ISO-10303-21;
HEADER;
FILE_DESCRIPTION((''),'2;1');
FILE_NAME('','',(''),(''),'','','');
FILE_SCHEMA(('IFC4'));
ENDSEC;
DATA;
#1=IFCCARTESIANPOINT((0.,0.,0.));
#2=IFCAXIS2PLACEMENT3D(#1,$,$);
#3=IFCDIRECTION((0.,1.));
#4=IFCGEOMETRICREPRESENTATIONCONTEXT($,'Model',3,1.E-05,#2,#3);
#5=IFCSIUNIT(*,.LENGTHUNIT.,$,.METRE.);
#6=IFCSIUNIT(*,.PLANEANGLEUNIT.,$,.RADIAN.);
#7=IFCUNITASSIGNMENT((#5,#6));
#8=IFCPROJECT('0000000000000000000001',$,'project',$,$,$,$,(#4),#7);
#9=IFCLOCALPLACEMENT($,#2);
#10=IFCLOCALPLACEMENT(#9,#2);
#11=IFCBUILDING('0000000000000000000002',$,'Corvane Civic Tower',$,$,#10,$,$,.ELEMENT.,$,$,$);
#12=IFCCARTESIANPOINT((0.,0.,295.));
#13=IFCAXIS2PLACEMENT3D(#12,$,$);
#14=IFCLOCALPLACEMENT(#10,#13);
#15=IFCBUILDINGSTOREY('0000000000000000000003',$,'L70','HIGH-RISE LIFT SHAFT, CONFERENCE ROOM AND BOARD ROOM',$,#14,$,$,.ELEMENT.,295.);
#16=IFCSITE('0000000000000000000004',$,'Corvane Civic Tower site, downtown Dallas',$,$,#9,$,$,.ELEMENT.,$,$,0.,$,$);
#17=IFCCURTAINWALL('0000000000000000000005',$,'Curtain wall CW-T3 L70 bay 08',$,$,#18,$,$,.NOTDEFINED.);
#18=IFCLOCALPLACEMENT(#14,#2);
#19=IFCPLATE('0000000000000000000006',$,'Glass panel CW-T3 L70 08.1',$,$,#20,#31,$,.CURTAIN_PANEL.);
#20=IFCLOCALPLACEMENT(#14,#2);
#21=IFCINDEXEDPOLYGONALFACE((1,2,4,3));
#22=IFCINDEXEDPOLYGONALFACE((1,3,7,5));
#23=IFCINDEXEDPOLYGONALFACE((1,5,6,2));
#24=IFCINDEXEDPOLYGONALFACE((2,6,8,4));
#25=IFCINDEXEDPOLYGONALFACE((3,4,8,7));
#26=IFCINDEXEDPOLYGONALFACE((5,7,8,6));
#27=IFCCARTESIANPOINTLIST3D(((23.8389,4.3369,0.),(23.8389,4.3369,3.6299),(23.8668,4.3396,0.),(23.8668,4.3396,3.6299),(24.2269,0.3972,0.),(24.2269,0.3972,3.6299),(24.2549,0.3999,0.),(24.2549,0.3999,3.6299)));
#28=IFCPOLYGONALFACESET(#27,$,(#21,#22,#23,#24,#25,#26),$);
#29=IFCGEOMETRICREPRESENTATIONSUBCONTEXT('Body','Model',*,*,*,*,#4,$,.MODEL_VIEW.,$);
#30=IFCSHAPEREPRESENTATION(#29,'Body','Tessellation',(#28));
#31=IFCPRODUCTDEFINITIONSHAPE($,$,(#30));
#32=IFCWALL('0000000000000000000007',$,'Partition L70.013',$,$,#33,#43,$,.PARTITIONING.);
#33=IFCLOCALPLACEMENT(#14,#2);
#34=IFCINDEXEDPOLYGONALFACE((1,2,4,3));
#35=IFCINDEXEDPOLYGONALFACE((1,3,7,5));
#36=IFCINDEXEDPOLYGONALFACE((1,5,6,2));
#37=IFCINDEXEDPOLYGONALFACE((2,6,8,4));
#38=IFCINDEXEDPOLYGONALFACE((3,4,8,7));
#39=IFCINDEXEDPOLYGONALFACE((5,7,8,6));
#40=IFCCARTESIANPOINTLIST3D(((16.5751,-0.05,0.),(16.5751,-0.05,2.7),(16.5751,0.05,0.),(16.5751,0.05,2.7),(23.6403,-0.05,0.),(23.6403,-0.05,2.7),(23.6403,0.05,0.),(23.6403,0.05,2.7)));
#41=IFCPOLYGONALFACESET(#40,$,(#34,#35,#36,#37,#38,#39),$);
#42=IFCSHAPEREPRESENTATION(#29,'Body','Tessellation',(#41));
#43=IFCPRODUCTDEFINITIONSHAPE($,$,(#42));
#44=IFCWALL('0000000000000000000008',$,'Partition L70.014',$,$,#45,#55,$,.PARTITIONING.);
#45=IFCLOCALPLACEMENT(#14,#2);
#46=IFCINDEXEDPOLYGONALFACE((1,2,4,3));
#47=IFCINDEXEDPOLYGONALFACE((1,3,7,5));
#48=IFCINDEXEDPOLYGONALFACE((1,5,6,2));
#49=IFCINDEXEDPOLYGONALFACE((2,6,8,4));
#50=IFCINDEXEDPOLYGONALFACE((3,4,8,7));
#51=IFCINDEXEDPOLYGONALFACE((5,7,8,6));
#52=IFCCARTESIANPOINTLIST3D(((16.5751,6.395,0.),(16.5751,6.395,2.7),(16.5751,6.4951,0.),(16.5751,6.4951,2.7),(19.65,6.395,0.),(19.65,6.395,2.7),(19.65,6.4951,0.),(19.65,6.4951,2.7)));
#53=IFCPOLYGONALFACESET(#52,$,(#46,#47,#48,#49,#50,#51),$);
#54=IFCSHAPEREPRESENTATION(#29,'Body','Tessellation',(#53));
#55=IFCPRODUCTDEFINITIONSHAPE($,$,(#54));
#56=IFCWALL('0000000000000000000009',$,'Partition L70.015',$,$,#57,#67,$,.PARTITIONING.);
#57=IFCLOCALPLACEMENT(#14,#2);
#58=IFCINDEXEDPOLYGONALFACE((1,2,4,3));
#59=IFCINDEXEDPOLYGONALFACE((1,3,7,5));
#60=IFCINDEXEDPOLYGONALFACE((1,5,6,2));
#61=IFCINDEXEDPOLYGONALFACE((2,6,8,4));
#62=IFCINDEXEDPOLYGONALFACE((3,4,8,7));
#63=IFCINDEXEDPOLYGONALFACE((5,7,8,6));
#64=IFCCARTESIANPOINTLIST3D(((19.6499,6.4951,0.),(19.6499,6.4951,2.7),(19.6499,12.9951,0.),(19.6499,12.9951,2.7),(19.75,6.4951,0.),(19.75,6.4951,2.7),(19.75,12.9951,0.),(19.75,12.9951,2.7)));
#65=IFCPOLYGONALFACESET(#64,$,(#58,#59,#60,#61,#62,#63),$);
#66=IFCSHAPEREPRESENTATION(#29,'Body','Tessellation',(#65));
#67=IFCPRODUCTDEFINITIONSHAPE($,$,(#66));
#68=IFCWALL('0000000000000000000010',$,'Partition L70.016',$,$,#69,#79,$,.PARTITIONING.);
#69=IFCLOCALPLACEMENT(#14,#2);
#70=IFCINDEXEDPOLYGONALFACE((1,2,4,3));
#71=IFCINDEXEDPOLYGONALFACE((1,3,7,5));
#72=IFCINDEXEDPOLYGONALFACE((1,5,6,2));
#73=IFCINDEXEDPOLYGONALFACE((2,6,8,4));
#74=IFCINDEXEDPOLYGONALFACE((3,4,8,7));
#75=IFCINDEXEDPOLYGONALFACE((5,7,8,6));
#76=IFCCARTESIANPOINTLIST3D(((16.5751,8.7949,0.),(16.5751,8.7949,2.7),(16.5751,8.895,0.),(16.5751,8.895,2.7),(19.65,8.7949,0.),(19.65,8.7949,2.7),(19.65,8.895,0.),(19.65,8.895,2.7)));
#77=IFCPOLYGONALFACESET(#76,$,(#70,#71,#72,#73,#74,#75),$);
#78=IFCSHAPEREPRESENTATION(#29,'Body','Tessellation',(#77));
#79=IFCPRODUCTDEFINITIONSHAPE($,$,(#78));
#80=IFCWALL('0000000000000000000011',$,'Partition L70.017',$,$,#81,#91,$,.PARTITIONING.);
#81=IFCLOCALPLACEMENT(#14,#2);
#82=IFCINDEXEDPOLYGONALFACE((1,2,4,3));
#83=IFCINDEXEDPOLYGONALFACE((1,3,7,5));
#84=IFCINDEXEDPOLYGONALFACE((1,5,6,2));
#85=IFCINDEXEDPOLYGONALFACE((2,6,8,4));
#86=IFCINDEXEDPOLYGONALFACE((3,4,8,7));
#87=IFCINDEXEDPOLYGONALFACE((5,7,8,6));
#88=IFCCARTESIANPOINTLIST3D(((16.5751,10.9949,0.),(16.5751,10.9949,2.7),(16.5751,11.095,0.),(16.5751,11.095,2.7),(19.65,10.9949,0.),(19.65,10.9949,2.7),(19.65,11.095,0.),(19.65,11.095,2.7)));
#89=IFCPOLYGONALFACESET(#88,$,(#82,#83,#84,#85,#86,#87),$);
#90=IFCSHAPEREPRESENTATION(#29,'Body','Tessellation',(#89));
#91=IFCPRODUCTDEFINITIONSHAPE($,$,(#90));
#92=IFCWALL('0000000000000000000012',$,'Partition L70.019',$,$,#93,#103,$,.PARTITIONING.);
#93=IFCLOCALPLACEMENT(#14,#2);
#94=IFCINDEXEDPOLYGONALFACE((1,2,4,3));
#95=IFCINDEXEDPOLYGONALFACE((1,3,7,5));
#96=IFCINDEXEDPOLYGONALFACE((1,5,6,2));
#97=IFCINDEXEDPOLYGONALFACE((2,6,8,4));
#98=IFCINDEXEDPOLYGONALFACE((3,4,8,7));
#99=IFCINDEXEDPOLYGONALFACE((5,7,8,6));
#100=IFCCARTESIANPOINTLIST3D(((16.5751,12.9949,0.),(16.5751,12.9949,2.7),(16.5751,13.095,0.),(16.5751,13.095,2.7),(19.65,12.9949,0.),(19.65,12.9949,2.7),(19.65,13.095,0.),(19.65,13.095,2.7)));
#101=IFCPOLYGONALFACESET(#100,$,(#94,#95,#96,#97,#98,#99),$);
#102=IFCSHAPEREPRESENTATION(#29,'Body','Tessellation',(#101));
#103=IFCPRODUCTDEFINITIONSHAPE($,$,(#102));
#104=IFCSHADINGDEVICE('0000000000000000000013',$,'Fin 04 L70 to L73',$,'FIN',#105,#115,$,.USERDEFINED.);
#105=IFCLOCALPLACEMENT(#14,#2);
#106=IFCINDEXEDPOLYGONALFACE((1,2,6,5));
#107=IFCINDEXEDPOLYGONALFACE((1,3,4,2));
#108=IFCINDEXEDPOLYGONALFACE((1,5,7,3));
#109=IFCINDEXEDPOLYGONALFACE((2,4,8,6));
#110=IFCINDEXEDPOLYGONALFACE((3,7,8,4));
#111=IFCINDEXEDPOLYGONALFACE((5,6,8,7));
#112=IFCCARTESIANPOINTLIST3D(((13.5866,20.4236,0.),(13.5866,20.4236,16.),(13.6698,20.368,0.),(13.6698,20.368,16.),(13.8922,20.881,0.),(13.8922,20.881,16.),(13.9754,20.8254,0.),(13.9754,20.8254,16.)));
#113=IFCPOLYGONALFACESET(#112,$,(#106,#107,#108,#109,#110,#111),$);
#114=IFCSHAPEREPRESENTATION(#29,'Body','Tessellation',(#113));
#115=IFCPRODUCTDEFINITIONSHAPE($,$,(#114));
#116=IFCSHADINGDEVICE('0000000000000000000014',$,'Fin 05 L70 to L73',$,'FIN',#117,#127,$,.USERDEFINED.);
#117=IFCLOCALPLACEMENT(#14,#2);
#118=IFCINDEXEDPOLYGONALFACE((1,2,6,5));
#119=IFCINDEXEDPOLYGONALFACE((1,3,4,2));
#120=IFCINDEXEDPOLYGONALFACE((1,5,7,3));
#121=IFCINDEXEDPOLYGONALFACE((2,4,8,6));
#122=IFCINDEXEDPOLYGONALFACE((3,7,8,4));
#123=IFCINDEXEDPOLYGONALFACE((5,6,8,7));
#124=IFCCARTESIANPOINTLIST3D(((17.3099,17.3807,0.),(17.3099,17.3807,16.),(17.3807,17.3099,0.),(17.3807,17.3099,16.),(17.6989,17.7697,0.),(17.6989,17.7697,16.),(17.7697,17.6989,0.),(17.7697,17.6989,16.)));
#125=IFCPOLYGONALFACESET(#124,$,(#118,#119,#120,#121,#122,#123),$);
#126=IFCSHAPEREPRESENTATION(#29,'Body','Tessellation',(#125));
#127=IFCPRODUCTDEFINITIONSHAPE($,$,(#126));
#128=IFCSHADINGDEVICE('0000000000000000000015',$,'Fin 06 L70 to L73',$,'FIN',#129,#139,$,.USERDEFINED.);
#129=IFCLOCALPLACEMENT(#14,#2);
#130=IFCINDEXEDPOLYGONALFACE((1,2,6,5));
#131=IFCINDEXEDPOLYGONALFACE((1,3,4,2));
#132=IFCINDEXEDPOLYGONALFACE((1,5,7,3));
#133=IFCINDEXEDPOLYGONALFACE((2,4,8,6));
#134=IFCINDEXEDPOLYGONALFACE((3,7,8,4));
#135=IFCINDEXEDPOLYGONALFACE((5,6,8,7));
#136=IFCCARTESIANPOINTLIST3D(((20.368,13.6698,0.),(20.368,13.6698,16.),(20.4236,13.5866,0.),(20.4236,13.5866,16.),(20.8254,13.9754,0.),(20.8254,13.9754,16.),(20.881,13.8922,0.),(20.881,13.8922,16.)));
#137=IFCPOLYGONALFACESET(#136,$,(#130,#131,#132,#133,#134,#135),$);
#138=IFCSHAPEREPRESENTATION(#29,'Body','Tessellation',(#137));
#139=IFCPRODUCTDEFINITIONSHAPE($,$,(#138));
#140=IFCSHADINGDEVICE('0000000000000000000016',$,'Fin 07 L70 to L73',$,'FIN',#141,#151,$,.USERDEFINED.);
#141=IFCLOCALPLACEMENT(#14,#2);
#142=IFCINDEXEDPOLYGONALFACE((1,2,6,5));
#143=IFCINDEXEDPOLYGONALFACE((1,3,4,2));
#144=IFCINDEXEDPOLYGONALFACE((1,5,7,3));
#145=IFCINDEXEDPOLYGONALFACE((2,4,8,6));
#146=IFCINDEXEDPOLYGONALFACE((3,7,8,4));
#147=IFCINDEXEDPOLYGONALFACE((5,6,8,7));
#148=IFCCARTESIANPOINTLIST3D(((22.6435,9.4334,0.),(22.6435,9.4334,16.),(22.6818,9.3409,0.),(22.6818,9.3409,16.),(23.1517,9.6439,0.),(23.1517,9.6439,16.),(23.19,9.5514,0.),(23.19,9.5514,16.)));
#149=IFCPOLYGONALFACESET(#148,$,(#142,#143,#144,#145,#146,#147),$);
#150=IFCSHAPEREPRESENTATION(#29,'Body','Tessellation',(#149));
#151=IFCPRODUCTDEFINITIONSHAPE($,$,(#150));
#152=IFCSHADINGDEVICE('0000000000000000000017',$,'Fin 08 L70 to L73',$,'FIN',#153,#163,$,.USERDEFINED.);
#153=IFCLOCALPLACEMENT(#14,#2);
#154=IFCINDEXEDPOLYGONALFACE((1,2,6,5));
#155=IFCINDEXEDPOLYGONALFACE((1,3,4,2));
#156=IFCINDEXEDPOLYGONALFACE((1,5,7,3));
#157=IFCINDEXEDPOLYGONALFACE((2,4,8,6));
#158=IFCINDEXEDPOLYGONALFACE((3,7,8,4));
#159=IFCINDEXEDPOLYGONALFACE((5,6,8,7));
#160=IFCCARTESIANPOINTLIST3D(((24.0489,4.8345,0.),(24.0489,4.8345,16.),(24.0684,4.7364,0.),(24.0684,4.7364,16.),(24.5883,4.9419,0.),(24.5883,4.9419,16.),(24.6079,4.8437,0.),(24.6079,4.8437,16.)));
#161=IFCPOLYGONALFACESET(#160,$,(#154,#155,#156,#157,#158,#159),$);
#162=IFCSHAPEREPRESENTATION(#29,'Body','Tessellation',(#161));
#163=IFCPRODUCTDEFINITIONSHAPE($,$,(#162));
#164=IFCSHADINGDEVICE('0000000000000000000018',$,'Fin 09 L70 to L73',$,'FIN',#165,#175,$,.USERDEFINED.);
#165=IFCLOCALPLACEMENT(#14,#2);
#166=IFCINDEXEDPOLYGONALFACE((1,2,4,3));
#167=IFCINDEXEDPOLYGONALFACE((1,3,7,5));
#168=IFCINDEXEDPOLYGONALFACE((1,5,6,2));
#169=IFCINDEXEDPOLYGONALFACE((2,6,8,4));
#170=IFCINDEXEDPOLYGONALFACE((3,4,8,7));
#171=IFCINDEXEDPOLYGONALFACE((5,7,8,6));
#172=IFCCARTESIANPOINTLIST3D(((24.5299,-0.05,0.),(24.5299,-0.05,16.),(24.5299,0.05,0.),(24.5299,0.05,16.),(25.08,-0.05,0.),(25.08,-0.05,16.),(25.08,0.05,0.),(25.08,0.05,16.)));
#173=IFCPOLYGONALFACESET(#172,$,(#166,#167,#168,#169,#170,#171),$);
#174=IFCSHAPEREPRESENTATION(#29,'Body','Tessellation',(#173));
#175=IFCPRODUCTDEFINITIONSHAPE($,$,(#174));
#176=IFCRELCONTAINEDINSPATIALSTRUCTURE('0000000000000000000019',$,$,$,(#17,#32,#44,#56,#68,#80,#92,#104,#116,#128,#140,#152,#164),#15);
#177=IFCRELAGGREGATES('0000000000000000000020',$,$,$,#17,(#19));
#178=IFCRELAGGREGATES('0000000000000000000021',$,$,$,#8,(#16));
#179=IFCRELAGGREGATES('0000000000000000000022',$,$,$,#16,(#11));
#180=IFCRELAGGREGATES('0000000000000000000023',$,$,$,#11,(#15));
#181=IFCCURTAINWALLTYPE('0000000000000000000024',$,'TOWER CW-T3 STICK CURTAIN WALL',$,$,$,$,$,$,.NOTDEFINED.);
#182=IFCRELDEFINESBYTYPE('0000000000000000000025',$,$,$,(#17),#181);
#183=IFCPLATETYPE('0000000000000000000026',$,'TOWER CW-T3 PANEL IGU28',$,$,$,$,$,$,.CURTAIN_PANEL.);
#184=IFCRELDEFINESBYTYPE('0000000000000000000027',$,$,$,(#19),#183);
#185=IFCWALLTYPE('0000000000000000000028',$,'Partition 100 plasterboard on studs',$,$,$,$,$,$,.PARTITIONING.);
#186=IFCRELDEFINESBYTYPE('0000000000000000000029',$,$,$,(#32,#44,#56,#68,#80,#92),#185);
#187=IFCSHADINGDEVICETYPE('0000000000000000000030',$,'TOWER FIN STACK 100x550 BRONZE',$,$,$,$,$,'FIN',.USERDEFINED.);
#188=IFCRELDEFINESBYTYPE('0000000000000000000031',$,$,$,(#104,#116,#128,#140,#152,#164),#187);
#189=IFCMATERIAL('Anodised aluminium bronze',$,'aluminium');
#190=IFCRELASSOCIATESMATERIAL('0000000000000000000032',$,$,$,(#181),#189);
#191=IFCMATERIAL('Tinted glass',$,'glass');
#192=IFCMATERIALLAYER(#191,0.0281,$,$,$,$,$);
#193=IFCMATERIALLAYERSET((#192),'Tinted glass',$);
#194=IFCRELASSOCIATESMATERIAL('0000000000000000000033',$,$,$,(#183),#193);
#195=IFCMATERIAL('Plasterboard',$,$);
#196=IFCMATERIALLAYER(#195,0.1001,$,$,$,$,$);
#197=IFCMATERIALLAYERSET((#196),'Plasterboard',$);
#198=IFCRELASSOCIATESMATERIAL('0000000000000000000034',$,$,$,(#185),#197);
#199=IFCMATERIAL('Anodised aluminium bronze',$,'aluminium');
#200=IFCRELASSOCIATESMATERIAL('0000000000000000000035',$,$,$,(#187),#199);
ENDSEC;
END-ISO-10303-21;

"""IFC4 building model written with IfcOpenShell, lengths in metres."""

from ifc_helpers import new_model, si_unit, direction, frame, frame_2d, origin, origin_2d, place, context, subcontext, project, spatial, rectangle, extrude, material, layer, layer_set, material_profile, profile_set, type_object, element, aggregate, save


model = new_model("IFC4")

# Units and contexts
model_context = context("Model", 3, precision=1e-05, world=origin(), true_north=direction((0.0, 1.0)))
body_context = subcontext(model_context, "Body", "Model", "MODEL_VIEW")
ifc_project = project(units=[si_unit("LENGTHUNIT", "METRE"), si_unit("PLANEANGLEUNIT", "RADIAN")], contexts=[model_context])

# Site, building, storey
site_placement = place(None, origin())
site = spatial("IfcSite", under=ifc_project, at=site_placement, Name="Corvane Civic Tower site, downtown Dallas", CompositionType="ELEMENT", RefElevation=0.0)
building_placement = place(site_placement, origin())
building = spatial("IfcBuilding", under=site, at=building_placement, Name="Corvane Civic Tower", CompositionType="ELEMENT")
storey_placement = place(building_placement, frame((0.0, 0.0, 295.0)))
storey = spatial("IfcBuildingStorey", under=building, at=storey_placement, Name="L70", Description="HIGH-RISE LIFT SHAFT, CONFERENCE ROOM AND BOARD ROOM", CompositionType="ELEMENT", Elevation=295.0)

# Curtain wall
ifc_material_1 = material(Name="Anodised aluminium bronze", Category="aluminium")
curtain_wall_type = type_object("IfcCurtainWallType", Name="TOWER CW-T3 STICK CURTAIN WALL", PredefinedType="NOTDEFINED", material=ifc_material_1)
curtain_wall_1_placement = place(storey_placement, origin())
curtain_wall_1 = element("IfcCurtainWall", 1, at=curtain_wall_1_placement, inside=storey, type_object=curtain_wall_type, Name="Curtain wall CW-T3 L70 bay 08", PredefinedType="NOTDEFINED")

# Plate
ifc_material_2 = material(Name="Tinted glass", Category="glass")
ifc_layer_1 = layer(ifc_material_2, 0.0281)
ifc_layer_set_1 = layer_set([ifc_layer_1], Name="Tinted glass")
plate_type = type_object("IfcPlateType", Name="TOWER CW-T3 PANEL IGU28", PredefinedType="CURTAIN_PANEL", material=ifc_layer_set_1)
plate_1_placement = place(storey_placement, frame((24.0469, 2.3684, 0.0), z_axis=(0.0, 0.0, 1.0), x_axis=(0.098021, -0.995184, 0.0)))
plate_1 = element("IfcPlate", 2, at=plate_1_placement, type_object=plate_type, Name="Glass panel CW-T3 L70 08.1", PredefinedType="CURTAIN_PANEL", context=body_context, shape_type="SweptSolid", body=[
    extrude(rectangle(XDim=3.9587, YDim=0.0281, at=origin_2d()), origin(), (0.0, 0.0, 1.0), 3.6299),
])
aggregate(curtain_wall_1, [plate_1])

# Walls
ifc_material_3 = material(Name="Plasterboard")
ifc_layer_2 = layer(ifc_material_3, 0.1001)
ifc_layer_set_2 = layer_set([ifc_layer_2], Name="Plasterboard")
wall_type = type_object("IfcWallType", Name="Partition 100 plasterboard on studs", PredefinedType="PARTITIONING", material=ifc_layer_set_2)
wall_1_placement = place(storey_placement, frame((16.575, 0.0, 0.0), z_axis=(0.0, 0.0, 1.0), x_axis=(1.0, 0.0, 0.0)))
element("IfcWall", 3, at=wall_1_placement, inside=storey, type_object=wall_type, Name="Partition L70.013", PredefinedType="PARTITIONING", context=body_context, shape_type="SweptSolid", body=[
    extrude(rectangle(XDim=7.0652, YDim=0.1001, at=frame_2d((3.5327, 0.0))), origin(), (0.0, 0.0, 1.0), 2.7),
])
wall_2_placement = place(storey_placement, frame((16.575, 6.4451, 0.0), z_axis=(0.0, 0.0, 1.0), x_axis=(1.0, 0.0, 0.0)))
element("IfcWall", 4, at=wall_2_placement, inside=storey, type_object=wall_type, Name="Partition L70.014", PredefinedType="PARTITIONING", context=body_context, shape_type="SweptSolid", body=[
    extrude(rectangle(XDim=3.075, YDim=0.1001, at=frame_2d((1.5376, 0.0))), origin(), (0.0, 0.0, 1.0), 2.7),
])
wall_3_placement = place(storey_placement, frame((19.7, 6.4951, 0.0), z_axis=(0.0, 0.0, 1.0), x_axis=(0.0, 1.0, 0.0)))
element("IfcWall", 5, at=wall_3_placement, inside=storey, type_object=wall_type, Name="Partition L70.015", PredefinedType="PARTITIONING", context=body_context, shape_type="SweptSolid", body=[
    extrude(rectangle(XDim=6.5, YDim=0.1001, at=frame_2d((3.25, 0.0))), origin(), (0.0, 0.0, 1.0), 2.7),
])
for number, where, z_axis, x_axis, name in (
    (6, (16.575, 8.845, 0.0), (0.0, 0.0, 1.0), (1.0, 0.0, 0.0), "Partition L70.016"),
    (7, (16.575, 11.0449, 0.0), (0.0, 0.0, 1.0), (1.0, 0.0, 0.0), "Partition L70.017"),
    (8, (16.575, 13.0449, 0.0), (0.0, 0.0, 1.0), (1.0, 0.0, 0.0), "Partition L70.019"),
):
    element("IfcWall", number, at=place(storey_placement, frame(where, z_axis=z_axis, x_axis=x_axis)), inside=storey, type_object=wall_type, Name=name, PredefinedType="PARTITIONING", context=body_context, shape_type="SweptSolid", body=[
        extrude(rectangle(XDim=3.075, YDim=0.1001, at=frame_2d((1.5376, 0.0))), origin(), (0.0, 0.0, 1.0), 2.7),
    ])

# Shading devices
ifc_material_4 = material(Name="Anodised aluminium bronze", Category="aluminium")
ifc_material_profile_1 = material_profile(ifc_material_4, rectangle(XDim=0.1001, YDim=0.55, at=origin_2d()), Name="TOWER FIN STACK 100x550 BRONZE")
ifc_profile_set_1 = profile_set([ifc_material_profile_1], Name="Anodised aluminium bronze")
shading_device_type = type_object("IfcShadingDeviceType", Name="TOWER FIN STACK 100x550 BRONZE", ElementType="FIN", PredefinedType="USERDEFINED", material=ifc_profile_set_1)
for number, where, z_axis, x_axis, name in (
    (9, (13.781, 20.6245, 0.0), (0.0, 0.0, 1.0), (0.83147, -0.55557, 0.0), "Fin 04 L70 to L73"),
    (10, (17.5398, 17.5398, 0.0), (0.0, 0.0, 1.0), (0.707107, -0.707107, 0.0), "Fin 05 L70 to L73"),
    (11, (20.6245, 13.781, 0.0), (0.0, 0.0, 1.0), (0.55557, -0.83147, 0.0), "Fin 06 L70 to L73"),
    (12, (22.9167, 9.4924, 0.0), (0.0, 0.0, 1.0), (0.382683, -0.92388, 0.0), "Fin 07 L70 to L73"),
    (13, (24.3284, 4.8391, 0.0), (0.0, 0.0, 1.0), (0.19509, -0.980785, 0.0), "Fin 08 L70 to L73"),
    (14, (24.8049, 0.0, 0.0), (0.0, 0.0, 1.0), (0.0, -1.0, 0.0), "Fin 09 L70 to L73"),
):
    element("IfcShadingDevice", number, at=place(storey_placement, frame(where, z_axis=z_axis, x_axis=x_axis)), inside=storey, type_object=shading_device_type, Name=name, ObjectType="FIN", PredefinedType="USERDEFINED", context=body_context, shape_type="SweptSolid", body=[
        extrude(rectangle(XDim=0.1001, YDim=0.55, at=origin_2d()), origin(), (0.0, 0.0, 1.0), 16.0),
    ])

save(model, "model.ifc")
